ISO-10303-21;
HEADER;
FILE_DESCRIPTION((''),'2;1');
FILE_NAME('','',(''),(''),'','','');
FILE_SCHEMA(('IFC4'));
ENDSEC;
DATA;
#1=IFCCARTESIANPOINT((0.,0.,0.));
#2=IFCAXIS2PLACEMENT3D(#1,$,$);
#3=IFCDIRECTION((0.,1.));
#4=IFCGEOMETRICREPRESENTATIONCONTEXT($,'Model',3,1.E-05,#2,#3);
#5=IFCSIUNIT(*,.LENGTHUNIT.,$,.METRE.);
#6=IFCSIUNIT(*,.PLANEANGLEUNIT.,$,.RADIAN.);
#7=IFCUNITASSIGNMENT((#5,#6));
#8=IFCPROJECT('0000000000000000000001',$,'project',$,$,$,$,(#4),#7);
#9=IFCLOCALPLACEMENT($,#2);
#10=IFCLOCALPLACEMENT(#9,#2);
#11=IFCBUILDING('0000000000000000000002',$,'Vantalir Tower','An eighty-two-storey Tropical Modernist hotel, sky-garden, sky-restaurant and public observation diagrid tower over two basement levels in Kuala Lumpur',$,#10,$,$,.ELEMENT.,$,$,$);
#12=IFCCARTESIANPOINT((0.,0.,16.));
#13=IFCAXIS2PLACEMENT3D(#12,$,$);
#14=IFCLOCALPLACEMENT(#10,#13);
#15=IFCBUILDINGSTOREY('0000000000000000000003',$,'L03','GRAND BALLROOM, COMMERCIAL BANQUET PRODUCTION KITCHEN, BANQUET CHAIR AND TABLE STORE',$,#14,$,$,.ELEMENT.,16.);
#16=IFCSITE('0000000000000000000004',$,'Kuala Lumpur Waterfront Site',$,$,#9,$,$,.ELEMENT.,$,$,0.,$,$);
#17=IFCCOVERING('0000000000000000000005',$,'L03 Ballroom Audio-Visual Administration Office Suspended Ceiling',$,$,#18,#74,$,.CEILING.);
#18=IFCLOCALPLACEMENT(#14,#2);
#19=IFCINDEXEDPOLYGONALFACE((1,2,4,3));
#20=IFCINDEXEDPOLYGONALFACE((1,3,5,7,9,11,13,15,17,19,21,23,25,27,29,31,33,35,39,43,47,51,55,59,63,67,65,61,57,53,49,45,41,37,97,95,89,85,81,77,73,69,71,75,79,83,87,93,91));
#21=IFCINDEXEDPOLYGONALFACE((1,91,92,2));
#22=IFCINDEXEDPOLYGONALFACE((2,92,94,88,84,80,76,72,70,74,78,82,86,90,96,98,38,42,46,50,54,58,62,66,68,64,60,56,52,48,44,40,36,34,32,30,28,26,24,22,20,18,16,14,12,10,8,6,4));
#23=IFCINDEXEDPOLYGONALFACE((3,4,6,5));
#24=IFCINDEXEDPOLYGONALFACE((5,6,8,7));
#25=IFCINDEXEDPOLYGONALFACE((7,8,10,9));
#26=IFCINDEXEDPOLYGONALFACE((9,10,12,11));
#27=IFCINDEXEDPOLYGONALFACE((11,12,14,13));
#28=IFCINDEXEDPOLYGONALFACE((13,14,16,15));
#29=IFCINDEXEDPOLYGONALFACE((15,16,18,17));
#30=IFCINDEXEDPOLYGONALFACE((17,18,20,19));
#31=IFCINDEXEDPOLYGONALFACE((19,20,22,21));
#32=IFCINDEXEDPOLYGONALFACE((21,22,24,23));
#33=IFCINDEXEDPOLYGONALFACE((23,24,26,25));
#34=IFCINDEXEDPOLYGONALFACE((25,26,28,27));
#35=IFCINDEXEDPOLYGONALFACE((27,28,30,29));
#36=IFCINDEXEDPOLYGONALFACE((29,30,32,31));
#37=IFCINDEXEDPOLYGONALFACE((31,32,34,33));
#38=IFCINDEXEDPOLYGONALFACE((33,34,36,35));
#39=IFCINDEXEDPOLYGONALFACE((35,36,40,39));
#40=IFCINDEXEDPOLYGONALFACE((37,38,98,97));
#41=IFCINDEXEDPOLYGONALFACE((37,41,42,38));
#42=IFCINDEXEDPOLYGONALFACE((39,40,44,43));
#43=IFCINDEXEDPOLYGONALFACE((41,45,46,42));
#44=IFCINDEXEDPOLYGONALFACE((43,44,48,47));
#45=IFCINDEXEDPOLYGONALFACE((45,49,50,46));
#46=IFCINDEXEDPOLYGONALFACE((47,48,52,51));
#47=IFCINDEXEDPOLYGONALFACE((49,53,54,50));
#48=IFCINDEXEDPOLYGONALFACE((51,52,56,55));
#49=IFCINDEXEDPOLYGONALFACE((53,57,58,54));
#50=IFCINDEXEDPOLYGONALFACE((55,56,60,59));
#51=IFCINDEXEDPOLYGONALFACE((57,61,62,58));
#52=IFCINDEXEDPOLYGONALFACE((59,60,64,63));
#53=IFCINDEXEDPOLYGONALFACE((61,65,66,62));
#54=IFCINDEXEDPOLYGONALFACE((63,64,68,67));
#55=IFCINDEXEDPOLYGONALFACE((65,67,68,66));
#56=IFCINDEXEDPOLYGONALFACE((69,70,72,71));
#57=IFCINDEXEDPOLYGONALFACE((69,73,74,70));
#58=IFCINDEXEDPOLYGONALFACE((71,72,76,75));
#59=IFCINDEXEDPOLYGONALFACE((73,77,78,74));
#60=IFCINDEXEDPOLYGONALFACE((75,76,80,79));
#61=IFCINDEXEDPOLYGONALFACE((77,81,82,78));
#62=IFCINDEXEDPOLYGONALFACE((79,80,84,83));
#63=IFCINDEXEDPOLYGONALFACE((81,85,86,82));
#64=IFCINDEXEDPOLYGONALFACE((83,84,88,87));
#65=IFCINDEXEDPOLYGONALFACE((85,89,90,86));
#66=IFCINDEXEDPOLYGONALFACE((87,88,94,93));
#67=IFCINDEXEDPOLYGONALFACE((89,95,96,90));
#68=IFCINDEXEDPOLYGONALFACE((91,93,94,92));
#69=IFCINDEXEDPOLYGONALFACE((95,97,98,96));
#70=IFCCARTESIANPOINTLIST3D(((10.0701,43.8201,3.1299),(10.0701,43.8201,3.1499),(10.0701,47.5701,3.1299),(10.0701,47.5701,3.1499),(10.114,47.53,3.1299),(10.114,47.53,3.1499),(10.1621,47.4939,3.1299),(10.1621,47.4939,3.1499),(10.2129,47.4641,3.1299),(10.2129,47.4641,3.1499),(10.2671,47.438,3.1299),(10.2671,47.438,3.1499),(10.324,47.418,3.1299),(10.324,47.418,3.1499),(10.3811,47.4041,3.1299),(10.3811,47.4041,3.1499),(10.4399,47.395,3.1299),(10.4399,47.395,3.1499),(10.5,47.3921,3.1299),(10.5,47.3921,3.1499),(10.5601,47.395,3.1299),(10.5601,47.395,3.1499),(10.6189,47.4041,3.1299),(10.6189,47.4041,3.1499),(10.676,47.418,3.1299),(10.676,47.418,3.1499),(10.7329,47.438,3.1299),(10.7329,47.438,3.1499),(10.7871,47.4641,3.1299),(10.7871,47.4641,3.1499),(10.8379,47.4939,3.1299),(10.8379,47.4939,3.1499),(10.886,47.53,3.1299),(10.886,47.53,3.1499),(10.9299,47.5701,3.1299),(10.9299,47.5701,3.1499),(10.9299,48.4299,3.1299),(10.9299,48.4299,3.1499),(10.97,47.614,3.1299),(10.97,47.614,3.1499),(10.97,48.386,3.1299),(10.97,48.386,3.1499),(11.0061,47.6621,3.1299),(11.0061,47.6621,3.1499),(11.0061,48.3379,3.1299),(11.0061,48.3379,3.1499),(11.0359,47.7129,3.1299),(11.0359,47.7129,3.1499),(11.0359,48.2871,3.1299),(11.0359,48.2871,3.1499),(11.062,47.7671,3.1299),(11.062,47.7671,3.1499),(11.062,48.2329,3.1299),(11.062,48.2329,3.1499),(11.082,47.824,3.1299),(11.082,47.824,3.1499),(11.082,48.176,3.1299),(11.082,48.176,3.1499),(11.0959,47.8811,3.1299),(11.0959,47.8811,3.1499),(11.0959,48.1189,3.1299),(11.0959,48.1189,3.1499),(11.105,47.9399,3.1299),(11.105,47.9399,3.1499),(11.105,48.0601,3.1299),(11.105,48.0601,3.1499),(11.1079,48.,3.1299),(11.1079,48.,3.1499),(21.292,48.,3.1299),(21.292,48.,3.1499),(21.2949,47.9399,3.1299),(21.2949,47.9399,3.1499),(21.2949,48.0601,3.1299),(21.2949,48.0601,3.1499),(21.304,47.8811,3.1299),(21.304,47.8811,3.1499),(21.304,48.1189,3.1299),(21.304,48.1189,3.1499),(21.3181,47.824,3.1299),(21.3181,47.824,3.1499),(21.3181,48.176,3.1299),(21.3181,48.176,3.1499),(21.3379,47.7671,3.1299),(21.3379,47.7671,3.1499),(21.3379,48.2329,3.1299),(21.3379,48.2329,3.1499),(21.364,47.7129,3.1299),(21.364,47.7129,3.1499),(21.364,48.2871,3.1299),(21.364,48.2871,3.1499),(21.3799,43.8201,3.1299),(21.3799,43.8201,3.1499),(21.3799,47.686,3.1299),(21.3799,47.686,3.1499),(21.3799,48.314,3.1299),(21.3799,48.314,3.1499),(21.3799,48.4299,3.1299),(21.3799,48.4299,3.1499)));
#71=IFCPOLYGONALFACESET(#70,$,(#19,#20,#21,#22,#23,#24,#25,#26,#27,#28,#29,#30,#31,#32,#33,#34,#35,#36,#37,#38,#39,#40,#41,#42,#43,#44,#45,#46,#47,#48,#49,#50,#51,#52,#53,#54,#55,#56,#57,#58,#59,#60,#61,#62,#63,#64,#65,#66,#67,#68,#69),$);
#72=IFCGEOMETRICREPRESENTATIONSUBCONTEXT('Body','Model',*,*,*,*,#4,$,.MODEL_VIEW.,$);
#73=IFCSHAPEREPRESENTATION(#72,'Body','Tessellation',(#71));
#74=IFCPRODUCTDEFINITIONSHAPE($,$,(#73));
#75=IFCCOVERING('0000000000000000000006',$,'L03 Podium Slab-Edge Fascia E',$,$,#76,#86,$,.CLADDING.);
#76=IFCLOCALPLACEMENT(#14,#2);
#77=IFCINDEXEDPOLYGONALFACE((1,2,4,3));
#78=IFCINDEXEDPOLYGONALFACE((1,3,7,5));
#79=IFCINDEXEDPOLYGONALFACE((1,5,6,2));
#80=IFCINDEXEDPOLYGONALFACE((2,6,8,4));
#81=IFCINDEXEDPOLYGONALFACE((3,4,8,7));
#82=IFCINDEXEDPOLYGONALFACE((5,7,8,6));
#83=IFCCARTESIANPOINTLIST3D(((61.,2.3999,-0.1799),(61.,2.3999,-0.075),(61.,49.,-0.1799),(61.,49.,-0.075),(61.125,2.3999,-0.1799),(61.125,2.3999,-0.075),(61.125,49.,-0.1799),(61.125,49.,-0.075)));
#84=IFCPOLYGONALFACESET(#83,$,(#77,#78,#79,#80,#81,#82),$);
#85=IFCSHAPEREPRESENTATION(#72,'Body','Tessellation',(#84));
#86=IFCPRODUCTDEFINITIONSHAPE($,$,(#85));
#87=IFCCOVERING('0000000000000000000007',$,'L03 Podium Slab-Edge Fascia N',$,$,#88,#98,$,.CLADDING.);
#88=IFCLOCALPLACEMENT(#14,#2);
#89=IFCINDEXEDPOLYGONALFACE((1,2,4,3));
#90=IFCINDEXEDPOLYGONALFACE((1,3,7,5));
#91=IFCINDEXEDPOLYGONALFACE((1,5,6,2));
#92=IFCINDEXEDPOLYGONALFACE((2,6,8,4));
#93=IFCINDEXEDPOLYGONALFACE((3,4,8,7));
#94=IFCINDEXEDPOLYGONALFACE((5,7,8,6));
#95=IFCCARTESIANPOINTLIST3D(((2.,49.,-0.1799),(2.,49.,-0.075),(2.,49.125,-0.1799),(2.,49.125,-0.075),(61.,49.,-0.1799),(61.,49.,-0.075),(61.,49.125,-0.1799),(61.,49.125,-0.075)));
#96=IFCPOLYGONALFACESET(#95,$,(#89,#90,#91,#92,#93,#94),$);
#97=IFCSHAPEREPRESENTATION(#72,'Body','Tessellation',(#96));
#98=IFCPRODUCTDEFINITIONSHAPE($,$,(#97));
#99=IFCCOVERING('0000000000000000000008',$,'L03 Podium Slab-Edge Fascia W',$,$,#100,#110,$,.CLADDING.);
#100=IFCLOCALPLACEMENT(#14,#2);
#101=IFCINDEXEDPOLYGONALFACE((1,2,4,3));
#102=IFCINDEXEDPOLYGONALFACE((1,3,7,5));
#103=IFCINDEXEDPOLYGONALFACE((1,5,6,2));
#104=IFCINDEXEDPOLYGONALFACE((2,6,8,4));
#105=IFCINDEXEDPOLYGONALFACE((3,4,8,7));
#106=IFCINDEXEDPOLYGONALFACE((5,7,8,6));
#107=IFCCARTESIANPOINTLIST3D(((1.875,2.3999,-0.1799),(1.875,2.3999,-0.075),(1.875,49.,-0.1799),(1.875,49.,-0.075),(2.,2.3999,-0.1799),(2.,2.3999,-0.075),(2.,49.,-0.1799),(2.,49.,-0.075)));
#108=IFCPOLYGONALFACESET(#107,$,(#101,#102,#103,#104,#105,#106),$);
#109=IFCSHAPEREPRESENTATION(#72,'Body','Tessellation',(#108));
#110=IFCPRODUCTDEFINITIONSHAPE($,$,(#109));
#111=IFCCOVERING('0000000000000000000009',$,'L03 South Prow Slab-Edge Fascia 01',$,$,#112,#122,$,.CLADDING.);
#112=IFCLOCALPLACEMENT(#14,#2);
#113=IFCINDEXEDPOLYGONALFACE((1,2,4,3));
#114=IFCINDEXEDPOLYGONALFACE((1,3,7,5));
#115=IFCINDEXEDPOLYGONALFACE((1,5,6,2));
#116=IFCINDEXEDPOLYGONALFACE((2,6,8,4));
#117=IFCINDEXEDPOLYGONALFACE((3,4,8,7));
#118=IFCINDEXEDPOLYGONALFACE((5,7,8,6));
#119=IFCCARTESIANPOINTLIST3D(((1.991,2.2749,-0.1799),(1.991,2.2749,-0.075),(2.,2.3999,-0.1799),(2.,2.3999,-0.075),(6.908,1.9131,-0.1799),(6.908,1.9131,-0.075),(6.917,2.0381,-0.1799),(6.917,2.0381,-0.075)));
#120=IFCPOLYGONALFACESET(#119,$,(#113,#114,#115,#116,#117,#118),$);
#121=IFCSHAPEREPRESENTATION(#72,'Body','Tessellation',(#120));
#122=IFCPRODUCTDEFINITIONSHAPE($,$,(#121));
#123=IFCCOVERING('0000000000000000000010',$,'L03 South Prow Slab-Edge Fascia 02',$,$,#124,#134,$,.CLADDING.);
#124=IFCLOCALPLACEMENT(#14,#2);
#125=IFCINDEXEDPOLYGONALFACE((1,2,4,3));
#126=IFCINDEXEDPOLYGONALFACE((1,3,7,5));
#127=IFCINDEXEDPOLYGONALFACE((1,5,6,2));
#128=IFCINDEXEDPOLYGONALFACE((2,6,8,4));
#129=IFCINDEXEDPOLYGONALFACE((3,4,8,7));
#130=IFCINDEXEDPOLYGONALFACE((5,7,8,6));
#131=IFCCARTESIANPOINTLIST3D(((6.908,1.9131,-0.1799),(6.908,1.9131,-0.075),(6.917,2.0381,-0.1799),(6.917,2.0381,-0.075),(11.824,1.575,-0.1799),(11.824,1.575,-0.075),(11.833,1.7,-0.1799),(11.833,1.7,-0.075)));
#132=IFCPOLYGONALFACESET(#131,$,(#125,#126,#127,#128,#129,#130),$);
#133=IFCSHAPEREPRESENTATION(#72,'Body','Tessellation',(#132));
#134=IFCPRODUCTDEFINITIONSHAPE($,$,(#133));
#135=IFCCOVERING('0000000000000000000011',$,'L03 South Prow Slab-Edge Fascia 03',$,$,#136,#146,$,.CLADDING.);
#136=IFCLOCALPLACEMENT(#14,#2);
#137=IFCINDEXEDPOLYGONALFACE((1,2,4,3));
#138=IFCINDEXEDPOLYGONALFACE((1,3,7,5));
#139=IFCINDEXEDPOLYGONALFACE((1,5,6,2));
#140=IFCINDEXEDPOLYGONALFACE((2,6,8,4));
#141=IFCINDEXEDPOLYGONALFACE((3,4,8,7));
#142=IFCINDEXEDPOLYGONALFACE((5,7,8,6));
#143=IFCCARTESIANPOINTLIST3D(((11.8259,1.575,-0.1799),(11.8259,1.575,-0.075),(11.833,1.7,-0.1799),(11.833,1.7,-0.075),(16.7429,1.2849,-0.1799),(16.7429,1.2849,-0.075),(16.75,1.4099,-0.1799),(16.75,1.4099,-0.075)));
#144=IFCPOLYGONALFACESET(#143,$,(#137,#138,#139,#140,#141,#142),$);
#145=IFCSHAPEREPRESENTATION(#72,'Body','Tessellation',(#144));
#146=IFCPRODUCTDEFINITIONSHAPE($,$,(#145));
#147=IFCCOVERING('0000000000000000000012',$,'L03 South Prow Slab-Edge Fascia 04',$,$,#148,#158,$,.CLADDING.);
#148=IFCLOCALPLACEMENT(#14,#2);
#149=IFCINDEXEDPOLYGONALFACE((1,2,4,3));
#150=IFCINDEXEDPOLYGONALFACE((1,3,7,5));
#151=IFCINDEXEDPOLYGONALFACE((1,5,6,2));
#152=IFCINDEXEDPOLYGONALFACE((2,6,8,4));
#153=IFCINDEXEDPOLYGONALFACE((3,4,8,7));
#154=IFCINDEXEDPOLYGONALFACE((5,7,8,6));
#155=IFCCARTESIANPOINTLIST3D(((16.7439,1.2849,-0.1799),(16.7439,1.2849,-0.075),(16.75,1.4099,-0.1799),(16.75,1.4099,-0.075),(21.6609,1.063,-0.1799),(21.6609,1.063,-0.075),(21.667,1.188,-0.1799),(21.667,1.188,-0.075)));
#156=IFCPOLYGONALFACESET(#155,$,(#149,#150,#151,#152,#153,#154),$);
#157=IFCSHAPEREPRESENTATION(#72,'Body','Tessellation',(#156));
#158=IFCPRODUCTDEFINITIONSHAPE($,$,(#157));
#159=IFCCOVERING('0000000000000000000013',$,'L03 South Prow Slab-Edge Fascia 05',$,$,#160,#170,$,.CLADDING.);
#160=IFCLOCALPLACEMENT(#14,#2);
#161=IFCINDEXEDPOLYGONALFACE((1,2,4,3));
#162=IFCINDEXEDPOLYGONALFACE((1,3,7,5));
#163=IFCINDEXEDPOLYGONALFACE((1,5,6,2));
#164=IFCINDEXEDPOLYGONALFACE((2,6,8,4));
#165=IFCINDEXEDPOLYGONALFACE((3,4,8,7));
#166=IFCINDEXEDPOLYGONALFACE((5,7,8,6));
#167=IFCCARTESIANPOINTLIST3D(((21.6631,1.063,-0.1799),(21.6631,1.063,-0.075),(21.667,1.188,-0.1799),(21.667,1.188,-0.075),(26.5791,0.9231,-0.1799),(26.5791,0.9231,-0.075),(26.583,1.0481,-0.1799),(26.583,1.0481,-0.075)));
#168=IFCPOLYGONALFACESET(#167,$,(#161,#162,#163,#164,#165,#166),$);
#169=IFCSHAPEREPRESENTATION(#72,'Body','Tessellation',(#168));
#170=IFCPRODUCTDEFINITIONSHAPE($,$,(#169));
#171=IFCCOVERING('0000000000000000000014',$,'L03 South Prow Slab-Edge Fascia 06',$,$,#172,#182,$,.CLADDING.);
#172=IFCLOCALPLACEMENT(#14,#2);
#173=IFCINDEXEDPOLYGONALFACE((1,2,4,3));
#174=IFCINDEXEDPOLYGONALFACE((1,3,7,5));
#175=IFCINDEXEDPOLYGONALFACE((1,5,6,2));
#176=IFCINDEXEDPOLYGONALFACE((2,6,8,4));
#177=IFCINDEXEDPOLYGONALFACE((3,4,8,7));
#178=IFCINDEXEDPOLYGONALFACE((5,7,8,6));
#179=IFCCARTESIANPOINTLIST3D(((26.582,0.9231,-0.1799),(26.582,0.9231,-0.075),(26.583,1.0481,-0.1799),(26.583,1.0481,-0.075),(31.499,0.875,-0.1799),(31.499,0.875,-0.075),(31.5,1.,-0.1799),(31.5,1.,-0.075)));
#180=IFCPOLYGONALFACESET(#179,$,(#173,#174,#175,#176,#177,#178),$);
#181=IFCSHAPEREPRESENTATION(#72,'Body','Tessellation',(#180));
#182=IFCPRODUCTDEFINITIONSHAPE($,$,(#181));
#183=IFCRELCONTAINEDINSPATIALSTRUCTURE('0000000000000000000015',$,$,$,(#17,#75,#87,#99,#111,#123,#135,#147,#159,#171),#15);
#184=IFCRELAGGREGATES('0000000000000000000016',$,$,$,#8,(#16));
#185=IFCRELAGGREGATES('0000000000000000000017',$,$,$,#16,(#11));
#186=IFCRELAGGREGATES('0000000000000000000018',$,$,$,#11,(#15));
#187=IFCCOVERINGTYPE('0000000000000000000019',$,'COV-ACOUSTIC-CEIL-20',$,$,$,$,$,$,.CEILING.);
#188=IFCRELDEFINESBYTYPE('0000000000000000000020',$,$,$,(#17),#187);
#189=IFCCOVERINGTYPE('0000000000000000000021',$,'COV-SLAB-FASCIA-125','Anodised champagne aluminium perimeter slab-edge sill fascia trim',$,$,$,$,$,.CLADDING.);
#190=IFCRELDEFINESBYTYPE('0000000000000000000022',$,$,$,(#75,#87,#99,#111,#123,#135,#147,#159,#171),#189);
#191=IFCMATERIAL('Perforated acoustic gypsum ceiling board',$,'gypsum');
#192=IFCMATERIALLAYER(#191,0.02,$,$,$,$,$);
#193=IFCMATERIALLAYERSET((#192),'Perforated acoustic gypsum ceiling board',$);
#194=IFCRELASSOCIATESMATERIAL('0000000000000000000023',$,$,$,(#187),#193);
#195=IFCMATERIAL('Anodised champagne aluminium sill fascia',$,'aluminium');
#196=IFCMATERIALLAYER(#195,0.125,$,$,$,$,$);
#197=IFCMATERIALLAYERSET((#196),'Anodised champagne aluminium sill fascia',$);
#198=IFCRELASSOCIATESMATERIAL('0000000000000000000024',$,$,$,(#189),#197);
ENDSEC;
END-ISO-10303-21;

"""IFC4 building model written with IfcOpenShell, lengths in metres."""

from ifc_helpers import new_model, si_unit, direction, frame, origin, place, context, subcontext, project, spatial, polyline, outline, extrude, material, layer, layer_set, type_object, element, save


model = new_model("IFC4")

# Units and contexts
model_context = context("Model", 3, precision=1e-05, world=origin(), true_north=direction((0.0, 1.0)))
body_context = subcontext(model_context, "Body", "Model", "MODEL_VIEW")
ifc_project = project(units=[si_unit("LENGTHUNIT", "METRE"), si_unit("PLANEANGLEUNIT", "RADIAN")], contexts=[model_context])

# Site, building, storey
site_placement = place(None, origin())
site = spatial("IfcSite", under=ifc_project, at=site_placement, Name="Kuala Lumpur Waterfront Site", CompositionType="ELEMENT", RefElevation=0.0)
building_placement = place(site_placement, origin())
building = spatial("IfcBuilding", under=site, at=building_placement, Name="Vantalir Tower", Description="An eighty-two-storey Tropical Modernist hotel, sky-garden, sky-restaurant and public observation diagrid tower over two basement levels in Kuala Lumpur", CompositionType="ELEMENT")
storey_placement = place(building_placement, frame((0.0, 0.0, 16.0)))
storey = spatial("IfcBuildingStorey", under=building, at=storey_placement, Name="L03", Description="GRAND BALLROOM, COMMERCIAL BANQUET PRODUCTION KITCHEN, BANQUET CHAIR AND TABLE STORE", CompositionType="ELEMENT", Elevation=16.0)

# Coverings
ifc_material_1 = material(Name="Perforated acoustic gypsum ceiling board", Category="gypsum")
ifc_layer_1 = layer(ifc_material_1, 0.02)
ifc_layer_set_1 = layer_set([ifc_layer_1], Name="Perforated acoustic gypsum ceiling board")
covering_type_1 = type_object("IfcCoveringType", Name="COV-ACOUSTIC-CEIL-20", PredefinedType="CEILING", material=ifc_layer_set_1)
covering_1_placement = place(storey_placement, frame((0.0, 0.0, 3.1299)))
element("IfcCovering", 1, at=covering_1_placement, inside=storey, type_object=covering_type_1, Name="L03 Ballroom Audio-Visual Administration Office Suspended Ceiling", PredefinedType="CEILING", context=body_context, shape_type="SweptSolid", body=[
    extrude(outline(polyline([(21.3799, 48.4299), (10.9299, 48.4299), (10.97, 48.386), (11.0061, 48.3379), (11.0359, 48.2871), (11.062, 48.2329), (11.082, 48.176), (11.0959, 48.1189), (11.105, 48.0601), (11.1079, 48.0), (11.105, 47.9399), (11.0959, 47.8811), (11.082, 47.824), (11.062, 47.7671), (11.0359, 47.7129), (11.0061, 47.6621), (10.97, 47.614), (10.9299, 47.5701), (10.886, 47.53), (10.8379, 47.4939), (10.7871, 47.4641), (10.7329, 47.438), (10.676, 47.418), (10.6189, 47.4041), (10.5601, 47.395), (10.5, 47.3921), (10.4399, 47.395), (10.3811, 47.4041), (10.324, 47.418), (10.2671, 47.438), (10.2129, 47.4641), (10.1621, 47.4939), (10.114, 47.53), (10.0701, 47.5701), (10.0701, 43.8201), (21.3799, 43.8201), (21.3799, 47.686), (21.364, 47.7129), (21.3379, 47.7671), (21.3181, 47.824), (21.304, 47.8811), (21.2949, 47.9399), (21.292, 48.0), (21.2949, 48.0601), (21.304, 48.1189), (21.3181, 48.176), (21.3379, 48.2329), (21.364, 48.2871), (21.3799, 48.314), (21.3799, 48.4299)])), origin(), (0.0, 0.0, 1.0), 0.02),
])
ifc_material_2 = material(Name="Anodised champagne aluminium sill fascia", Category="aluminium")
ifc_layer_2 = layer(ifc_material_2, 0.125)
ifc_layer_set_2 = layer_set([ifc_layer_2], Name="Anodised champagne aluminium sill fascia")
covering_type_2 = type_object("IfcCoveringType", Name="COV-SLAB-FASCIA-125", Description="Anodised champagne aluminium perimeter slab-edge sill fascia trim", PredefinedType="CLADDING", material=ifc_layer_set_2)
covering_2_placement = place(storey_placement, frame((0.0, 0.0, -0.1799)))
element("IfcCovering", 2, at=covering_2_placement, inside=storey, type_object=covering_type_2, Name="L03 Podium Slab-Edge Fascia E", PredefinedType="CLADDING", context=body_context, shape_type="SweptSolid", body=[
    extrude(outline(polyline([(61.0, 2.3999), (61.125, 2.3999), (61.125, 49.0), (61.0, 49.0), (61.0, 2.3999)])), origin(), (0.0, 0.0, 1.0), 0.105),
])
covering_3_placement = place(storey_placement, frame((0.0, 0.0, -0.1799)))
element("IfcCovering", 3, at=covering_3_placement, inside=storey, type_object=covering_type_2, Name="L03 Podium Slab-Edge Fascia N", PredefinedType="CLADDING", context=body_context, shape_type="SweptSolid", body=[
    extrude(outline(polyline([(2.0, 49.0), (61.0, 49.0), (61.0, 49.125), (2.0, 49.125), (2.0, 49.0)])), origin(), (0.0, 0.0, 1.0), 0.105),
])
covering_4_placement = place(storey_placement, frame((0.0, 0.0, -0.1799)))
element("IfcCovering", 4, at=covering_4_placement, inside=storey, type_object=covering_type_2, Name="L03 Podium Slab-Edge Fascia W", PredefinedType="CLADDING", context=body_context, shape_type="SweptSolid", body=[
    extrude(outline(polyline([(1.875, 2.3999), (2.0, 2.3999), (2.0, 49.0), (1.875, 49.0), (1.875, 2.3999)])), origin(), (0.0, 0.0, 1.0), 0.105),
])
covering_5_placement = place(storey_placement, frame((0.0, 0.0, -0.1799)))
element("IfcCovering", 5, at=covering_5_placement, inside=storey, type_object=covering_type_2, Name="L03 South Prow Slab-Edge Fascia 01", PredefinedType="CLADDING", context=body_context, shape_type="SweptSolid", body=[
    extrude(outline(polyline([(2.0, 2.3999), (1.991, 2.2749), (6.908, 1.9131), (6.917, 2.0381), (2.0, 2.3999)])), origin(), (0.0, 0.0, 1.0), 0.105),
])
covering_6_placement = place(storey_placement, frame((0.0, 0.0, -0.1799)))
element("IfcCovering", 6, at=covering_6_placement, inside=storey, type_object=covering_type_2, Name="L03 South Prow Slab-Edge Fascia 02", PredefinedType="CLADDING", context=body_context, shape_type="SweptSolid", body=[
    extrude(outline(polyline([(6.917, 2.0381), (6.908, 1.9131), (11.824, 1.575), (11.833, 1.7), (6.917, 2.0381)])), origin(), (0.0, 0.0, 1.0), 0.105),
])
covering_7_placement = place(storey_placement, frame((0.0, 0.0, -0.1799)))
element("IfcCovering", 7, at=covering_7_placement, inside=storey, type_object=covering_type_2, Name="L03 South Prow Slab-Edge Fascia 03", PredefinedType="CLADDING", context=body_context, shape_type="SweptSolid", body=[
    extrude(outline(polyline([(11.833, 1.7), (11.8259, 1.575), (16.7429, 1.2849), (16.75, 1.4099), (11.833, 1.7)])), origin(), (0.0, 0.0, 1.0), 0.105),
])
covering_8_placement = place(storey_placement, frame((0.0, 0.0, -0.1799)))
element("IfcCovering", 8, at=covering_8_placement, inside=storey, type_object=covering_type_2, Name="L03 South Prow Slab-Edge Fascia 04", PredefinedType="CLADDING", context=body_context, shape_type="SweptSolid", body=[
    extrude(outline(polyline([(16.75, 1.4099), (16.7439, 1.2849), (21.6609, 1.063), (21.667, 1.188), (16.75, 1.4099)])), origin(), (0.0, 0.0, 1.0), 0.105),
])
covering_9_placement = place(storey_placement, frame((0.0, 0.0, -0.1799)))
element("IfcCovering", 9, at=covering_9_placement, inside=storey, type_object=covering_type_2, Name="L03 South Prow Slab-Edge Fascia 05", PredefinedType="CLADDING", context=body_context, shape_type="SweptSolid", body=[
    extrude(outline(polyline([(21.667, 1.188), (21.6631, 1.063), (26.5791, 0.9231), (26.583, 1.0481), (21.667, 1.188)])), origin(), (0.0, 0.0, 1.0), 0.105),
])
covering_10_placement = place(storey_placement, frame((0.0, 0.0, -0.1799)))
element("IfcCovering", 10, at=covering_10_placement, inside=storey, type_object=covering_type_2, Name="L03 South Prow Slab-Edge Fascia 06", PredefinedType="CLADDING", context=body_context, shape_type="SweptSolid", body=[
    extrude(outline(polyline([(26.583, 1.0481), (26.582, 0.9231), (31.499, 0.875), (31.5, 1.0), (26.583, 1.0481)])), origin(), (0.0, 0.0, 1.0), 0.105),
])

save(model, "model.ifc")
